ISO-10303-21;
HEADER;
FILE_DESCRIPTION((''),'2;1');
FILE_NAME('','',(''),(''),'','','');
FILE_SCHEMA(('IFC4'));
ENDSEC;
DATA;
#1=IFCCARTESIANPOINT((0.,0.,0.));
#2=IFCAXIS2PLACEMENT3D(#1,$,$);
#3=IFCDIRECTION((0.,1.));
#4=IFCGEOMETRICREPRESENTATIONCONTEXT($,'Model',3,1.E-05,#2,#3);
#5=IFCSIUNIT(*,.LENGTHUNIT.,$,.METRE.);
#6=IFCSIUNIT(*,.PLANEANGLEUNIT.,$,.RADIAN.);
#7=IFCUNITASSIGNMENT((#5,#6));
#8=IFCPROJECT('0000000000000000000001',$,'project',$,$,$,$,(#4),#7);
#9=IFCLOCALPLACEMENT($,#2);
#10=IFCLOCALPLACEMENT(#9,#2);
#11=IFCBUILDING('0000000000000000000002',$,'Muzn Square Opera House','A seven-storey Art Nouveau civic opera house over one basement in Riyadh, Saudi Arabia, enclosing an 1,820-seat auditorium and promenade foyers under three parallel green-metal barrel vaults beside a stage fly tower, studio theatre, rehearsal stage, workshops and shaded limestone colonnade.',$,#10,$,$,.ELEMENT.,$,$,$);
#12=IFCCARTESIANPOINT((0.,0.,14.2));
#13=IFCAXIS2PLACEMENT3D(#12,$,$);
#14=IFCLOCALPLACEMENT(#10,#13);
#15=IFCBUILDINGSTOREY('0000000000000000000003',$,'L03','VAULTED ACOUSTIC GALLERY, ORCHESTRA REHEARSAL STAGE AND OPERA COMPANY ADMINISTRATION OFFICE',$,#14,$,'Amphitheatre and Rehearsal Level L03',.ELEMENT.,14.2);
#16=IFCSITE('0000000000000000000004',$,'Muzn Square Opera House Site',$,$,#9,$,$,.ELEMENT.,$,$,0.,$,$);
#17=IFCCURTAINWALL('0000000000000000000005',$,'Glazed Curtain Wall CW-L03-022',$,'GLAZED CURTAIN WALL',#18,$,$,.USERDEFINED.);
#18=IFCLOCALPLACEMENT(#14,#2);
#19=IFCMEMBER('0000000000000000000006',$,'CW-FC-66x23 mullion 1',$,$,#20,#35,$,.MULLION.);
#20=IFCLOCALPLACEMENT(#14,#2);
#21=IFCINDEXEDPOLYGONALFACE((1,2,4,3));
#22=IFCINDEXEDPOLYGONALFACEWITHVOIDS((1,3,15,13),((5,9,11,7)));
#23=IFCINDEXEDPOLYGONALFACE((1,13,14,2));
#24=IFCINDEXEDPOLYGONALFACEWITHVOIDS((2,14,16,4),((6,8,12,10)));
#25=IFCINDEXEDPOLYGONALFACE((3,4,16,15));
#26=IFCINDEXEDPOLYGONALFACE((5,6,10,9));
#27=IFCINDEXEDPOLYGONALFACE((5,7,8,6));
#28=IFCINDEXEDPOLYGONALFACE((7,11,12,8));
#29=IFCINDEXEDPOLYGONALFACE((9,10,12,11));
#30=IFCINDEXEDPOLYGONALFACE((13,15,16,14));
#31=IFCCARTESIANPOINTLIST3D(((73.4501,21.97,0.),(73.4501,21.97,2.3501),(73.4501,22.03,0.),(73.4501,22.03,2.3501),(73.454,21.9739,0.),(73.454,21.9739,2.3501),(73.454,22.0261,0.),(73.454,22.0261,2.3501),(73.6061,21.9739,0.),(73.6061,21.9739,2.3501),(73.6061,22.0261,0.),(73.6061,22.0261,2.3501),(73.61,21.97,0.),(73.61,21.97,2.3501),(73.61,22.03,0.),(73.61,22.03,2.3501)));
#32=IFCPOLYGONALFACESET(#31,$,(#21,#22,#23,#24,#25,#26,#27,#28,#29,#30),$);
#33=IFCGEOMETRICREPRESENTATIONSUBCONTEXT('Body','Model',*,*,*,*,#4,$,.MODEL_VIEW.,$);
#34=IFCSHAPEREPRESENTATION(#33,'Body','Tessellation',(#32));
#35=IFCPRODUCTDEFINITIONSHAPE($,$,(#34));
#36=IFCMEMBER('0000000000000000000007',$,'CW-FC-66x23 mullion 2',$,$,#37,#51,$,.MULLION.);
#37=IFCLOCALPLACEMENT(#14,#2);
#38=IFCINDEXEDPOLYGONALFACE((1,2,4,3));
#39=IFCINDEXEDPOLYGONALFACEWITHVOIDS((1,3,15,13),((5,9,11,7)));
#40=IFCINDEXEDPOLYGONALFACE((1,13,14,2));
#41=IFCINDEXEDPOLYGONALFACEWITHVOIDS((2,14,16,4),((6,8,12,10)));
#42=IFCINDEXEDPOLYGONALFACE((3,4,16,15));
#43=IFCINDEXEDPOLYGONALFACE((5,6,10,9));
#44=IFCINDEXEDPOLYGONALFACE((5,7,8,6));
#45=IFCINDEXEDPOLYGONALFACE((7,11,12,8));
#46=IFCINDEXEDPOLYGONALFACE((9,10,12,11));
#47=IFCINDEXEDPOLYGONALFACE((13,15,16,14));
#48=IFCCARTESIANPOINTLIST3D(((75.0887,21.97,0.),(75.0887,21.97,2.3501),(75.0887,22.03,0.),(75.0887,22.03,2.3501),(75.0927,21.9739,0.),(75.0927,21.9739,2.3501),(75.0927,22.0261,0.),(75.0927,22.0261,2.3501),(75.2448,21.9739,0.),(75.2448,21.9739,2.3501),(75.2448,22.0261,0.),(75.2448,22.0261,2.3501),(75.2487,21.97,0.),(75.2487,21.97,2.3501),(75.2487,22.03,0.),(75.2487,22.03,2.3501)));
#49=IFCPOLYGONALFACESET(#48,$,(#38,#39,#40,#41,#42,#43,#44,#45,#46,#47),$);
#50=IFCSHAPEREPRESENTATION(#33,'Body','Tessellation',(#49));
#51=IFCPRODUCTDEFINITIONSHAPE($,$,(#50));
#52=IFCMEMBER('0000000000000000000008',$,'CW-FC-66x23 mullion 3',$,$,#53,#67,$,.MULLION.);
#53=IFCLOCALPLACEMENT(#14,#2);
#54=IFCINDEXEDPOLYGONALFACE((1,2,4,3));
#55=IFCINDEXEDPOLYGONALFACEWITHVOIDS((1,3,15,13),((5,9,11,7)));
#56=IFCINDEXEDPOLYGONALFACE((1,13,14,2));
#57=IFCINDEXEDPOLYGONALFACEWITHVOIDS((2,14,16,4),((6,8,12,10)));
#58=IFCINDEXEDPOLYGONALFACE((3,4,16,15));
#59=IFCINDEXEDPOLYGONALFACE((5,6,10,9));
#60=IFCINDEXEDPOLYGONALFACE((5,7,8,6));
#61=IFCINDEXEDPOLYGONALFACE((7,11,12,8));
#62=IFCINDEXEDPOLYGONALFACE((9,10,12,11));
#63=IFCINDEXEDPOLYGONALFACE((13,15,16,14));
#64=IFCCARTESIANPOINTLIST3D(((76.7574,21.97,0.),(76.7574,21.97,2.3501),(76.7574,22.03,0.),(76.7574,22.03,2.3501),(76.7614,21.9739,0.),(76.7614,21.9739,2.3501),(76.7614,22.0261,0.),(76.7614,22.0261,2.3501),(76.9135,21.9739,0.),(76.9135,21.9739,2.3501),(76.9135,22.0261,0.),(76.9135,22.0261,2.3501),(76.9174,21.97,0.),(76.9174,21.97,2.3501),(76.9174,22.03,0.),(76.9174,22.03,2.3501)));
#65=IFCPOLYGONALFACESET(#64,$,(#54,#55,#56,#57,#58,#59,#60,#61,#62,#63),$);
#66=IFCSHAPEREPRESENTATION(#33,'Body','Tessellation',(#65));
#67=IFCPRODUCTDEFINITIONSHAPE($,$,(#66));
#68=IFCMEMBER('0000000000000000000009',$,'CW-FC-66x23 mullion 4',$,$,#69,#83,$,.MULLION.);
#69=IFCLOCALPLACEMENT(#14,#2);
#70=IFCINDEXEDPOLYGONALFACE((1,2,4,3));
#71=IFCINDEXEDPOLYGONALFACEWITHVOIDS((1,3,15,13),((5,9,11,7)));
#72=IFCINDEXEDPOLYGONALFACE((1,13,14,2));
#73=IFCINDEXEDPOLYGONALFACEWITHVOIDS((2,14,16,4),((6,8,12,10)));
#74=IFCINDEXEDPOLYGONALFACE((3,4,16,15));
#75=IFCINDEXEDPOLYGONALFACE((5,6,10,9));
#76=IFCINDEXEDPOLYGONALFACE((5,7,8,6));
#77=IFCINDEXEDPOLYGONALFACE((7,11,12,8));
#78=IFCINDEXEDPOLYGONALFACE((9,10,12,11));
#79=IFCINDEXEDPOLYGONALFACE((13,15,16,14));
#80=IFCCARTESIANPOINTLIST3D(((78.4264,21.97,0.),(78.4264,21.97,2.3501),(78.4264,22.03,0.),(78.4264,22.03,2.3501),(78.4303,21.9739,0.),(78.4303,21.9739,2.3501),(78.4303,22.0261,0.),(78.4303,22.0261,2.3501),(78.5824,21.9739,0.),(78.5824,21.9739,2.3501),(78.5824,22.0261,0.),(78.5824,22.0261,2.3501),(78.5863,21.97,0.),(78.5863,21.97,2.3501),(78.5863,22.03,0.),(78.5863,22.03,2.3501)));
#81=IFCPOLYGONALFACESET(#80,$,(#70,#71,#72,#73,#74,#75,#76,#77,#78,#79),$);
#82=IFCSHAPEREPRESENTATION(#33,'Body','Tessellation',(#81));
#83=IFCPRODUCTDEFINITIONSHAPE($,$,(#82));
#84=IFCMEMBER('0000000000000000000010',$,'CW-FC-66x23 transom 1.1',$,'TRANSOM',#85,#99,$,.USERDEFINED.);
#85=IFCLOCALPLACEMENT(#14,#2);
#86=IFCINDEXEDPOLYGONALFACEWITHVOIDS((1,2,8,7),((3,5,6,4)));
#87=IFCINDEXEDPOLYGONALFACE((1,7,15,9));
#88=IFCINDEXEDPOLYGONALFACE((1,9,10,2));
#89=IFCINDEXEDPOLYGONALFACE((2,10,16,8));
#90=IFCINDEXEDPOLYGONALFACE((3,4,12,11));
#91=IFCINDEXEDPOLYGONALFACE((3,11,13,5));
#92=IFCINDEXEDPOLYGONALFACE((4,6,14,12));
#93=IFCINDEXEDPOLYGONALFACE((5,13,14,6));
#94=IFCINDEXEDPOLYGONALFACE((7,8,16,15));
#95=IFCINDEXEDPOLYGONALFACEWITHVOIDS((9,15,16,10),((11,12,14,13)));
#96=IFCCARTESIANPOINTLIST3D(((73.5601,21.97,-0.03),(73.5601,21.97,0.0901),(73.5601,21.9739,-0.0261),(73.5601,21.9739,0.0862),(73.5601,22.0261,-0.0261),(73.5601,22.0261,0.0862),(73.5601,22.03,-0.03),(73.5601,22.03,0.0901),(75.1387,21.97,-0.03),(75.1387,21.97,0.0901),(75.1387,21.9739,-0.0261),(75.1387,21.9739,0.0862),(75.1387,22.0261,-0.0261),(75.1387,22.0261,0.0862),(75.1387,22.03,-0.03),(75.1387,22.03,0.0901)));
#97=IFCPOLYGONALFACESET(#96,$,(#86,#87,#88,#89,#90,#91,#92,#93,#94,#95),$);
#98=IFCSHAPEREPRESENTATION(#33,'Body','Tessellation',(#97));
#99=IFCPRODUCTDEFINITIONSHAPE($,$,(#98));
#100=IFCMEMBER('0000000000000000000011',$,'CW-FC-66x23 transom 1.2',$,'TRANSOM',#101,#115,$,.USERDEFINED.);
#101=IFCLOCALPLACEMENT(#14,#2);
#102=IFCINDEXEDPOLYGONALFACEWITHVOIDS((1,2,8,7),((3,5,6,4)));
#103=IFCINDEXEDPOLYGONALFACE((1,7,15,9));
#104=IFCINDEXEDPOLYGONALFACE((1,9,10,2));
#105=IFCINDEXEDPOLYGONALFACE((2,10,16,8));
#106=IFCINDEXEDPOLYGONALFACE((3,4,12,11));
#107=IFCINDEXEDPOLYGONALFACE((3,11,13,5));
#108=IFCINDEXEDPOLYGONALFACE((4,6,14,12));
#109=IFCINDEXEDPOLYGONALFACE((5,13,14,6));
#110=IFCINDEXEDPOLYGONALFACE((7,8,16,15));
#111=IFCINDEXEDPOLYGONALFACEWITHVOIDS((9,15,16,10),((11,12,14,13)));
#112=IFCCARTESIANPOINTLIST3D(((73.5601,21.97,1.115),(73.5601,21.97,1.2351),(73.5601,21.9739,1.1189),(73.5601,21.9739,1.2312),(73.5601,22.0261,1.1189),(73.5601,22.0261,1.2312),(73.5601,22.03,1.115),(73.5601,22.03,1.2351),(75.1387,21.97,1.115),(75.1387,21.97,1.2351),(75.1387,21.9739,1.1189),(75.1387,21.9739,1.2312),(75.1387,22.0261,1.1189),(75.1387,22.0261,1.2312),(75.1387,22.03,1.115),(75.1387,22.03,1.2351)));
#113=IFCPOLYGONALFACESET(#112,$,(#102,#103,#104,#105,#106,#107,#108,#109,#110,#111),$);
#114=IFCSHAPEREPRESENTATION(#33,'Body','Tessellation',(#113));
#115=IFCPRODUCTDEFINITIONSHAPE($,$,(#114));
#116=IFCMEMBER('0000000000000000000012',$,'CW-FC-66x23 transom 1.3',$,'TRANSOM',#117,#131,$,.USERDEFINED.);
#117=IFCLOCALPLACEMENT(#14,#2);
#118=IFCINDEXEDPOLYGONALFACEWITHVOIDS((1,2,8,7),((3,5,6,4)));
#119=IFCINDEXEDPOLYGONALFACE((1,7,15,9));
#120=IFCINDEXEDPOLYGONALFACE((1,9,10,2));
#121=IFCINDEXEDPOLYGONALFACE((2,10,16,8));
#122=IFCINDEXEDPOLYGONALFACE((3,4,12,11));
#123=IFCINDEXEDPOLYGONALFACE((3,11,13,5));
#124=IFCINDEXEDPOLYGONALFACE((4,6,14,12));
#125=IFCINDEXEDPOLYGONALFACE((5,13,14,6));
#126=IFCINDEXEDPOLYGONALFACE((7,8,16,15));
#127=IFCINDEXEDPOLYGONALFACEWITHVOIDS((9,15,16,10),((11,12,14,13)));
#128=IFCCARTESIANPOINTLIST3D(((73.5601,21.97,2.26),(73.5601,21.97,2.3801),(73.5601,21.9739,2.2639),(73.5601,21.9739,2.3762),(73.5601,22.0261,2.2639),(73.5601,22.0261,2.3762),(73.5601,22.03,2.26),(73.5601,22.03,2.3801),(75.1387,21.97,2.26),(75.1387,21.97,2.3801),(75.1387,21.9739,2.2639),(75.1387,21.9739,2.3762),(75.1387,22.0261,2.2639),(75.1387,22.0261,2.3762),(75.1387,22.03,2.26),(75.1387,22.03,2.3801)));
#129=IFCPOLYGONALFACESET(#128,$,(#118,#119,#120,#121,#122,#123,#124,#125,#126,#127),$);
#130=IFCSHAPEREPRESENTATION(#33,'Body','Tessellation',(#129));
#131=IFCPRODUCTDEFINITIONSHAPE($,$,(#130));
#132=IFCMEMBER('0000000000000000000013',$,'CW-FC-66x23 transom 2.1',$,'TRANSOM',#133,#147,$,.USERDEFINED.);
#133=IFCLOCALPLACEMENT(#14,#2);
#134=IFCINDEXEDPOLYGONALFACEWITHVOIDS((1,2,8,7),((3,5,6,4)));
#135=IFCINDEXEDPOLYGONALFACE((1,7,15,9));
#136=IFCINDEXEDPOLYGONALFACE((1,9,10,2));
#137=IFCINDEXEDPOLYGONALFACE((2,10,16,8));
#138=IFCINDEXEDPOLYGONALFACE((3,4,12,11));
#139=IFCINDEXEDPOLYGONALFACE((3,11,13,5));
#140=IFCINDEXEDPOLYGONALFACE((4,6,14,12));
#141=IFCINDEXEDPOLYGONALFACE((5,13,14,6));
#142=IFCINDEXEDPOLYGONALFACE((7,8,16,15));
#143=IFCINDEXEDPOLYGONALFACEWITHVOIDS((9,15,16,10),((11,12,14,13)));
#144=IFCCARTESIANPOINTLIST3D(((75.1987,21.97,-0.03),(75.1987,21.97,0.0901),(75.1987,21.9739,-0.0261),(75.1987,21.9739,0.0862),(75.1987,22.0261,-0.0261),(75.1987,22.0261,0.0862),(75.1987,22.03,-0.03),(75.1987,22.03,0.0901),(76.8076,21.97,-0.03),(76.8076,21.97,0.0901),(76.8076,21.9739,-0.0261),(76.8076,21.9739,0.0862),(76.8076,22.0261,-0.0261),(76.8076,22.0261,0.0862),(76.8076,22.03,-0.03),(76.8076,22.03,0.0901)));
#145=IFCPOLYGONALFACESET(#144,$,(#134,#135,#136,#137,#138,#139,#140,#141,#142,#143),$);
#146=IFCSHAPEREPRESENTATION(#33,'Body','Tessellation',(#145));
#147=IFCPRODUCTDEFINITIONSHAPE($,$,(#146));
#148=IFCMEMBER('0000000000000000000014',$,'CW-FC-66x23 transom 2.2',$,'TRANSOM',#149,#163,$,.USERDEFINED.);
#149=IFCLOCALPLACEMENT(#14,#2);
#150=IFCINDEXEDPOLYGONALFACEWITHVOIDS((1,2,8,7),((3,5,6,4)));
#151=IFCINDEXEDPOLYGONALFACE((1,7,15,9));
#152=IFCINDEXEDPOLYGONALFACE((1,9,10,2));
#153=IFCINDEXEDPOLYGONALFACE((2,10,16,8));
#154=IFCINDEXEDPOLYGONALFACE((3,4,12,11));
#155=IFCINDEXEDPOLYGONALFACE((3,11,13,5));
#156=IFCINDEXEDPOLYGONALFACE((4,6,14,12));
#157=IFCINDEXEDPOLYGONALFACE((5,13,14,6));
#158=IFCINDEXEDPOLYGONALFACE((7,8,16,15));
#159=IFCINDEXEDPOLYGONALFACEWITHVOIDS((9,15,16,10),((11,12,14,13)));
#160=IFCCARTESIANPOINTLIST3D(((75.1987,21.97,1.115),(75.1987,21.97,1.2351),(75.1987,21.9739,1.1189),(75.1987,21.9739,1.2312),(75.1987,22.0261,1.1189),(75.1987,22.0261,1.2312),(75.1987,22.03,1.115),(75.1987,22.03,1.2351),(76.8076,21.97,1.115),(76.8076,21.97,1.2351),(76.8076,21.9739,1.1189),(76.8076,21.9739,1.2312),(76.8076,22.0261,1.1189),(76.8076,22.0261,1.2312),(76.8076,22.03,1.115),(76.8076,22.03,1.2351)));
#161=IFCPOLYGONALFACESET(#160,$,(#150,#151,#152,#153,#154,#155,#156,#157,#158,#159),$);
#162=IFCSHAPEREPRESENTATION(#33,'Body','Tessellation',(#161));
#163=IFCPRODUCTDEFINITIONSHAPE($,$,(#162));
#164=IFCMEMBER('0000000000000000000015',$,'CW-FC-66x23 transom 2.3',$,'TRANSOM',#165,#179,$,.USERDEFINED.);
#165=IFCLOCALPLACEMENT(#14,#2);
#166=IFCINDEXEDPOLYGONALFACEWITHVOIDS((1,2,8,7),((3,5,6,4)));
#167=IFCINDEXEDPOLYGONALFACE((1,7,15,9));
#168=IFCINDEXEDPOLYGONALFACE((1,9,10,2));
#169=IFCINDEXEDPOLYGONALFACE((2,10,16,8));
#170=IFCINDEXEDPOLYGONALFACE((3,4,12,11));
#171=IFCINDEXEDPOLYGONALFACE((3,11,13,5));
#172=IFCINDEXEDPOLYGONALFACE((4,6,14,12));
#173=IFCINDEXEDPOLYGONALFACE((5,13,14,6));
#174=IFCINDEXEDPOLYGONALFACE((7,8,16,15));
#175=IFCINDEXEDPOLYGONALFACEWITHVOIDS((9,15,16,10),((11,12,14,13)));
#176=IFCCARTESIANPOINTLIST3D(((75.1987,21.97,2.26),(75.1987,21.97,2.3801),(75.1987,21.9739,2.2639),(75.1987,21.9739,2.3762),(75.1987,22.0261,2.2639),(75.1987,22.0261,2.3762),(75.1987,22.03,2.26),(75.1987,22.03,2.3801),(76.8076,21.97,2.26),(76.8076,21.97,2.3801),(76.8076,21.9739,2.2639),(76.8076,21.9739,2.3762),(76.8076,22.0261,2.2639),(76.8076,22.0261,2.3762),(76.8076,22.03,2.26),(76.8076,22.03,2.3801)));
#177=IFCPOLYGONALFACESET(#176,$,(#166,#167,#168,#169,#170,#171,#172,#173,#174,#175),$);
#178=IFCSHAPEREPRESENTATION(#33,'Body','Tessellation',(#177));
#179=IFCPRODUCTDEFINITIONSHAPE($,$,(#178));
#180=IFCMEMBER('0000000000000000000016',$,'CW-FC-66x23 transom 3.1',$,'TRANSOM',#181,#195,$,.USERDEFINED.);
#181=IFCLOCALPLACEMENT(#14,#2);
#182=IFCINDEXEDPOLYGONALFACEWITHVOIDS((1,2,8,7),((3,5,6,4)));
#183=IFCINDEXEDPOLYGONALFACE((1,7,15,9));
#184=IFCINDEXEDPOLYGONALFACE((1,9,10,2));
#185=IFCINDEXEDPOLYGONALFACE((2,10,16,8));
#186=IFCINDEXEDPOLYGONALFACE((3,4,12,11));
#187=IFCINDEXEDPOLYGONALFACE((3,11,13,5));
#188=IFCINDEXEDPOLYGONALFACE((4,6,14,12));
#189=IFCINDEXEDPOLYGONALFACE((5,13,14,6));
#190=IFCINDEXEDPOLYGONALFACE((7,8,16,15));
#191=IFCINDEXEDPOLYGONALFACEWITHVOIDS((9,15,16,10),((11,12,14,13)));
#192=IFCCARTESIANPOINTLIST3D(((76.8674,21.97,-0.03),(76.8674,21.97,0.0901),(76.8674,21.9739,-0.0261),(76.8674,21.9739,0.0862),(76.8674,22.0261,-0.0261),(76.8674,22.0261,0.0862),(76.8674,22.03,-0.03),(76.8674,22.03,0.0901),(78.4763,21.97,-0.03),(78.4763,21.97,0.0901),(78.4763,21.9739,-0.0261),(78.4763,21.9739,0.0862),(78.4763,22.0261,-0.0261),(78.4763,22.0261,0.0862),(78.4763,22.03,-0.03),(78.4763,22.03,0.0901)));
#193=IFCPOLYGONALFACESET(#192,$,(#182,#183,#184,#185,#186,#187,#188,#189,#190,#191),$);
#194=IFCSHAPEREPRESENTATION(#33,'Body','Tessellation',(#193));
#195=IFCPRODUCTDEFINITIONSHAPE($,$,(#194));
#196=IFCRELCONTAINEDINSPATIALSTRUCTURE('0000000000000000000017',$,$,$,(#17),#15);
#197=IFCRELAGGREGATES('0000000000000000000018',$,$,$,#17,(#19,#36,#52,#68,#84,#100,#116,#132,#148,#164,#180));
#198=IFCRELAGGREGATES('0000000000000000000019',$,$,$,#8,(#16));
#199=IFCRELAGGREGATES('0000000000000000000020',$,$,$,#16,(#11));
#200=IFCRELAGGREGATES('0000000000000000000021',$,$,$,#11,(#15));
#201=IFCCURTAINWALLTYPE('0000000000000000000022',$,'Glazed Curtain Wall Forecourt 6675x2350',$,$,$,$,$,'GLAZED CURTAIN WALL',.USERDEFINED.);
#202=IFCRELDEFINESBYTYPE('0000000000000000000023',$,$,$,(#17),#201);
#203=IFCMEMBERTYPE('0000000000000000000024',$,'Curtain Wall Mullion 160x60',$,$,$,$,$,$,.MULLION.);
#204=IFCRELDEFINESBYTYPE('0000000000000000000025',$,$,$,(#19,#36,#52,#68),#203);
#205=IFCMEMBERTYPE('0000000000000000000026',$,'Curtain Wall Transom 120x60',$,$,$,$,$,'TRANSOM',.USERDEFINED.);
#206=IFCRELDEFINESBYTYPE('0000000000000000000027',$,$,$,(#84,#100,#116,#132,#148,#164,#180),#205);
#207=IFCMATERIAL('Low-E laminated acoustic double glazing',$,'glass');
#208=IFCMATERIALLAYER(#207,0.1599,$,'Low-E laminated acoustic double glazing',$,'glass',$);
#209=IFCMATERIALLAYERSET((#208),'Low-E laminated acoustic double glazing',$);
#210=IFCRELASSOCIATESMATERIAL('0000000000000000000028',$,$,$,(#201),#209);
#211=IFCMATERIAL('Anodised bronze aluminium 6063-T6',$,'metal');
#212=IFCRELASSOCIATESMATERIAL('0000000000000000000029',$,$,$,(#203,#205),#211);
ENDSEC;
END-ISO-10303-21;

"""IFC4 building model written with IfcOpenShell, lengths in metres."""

from ifc_helpers import new_model, si_unit, direction, frame, origin, origin_2d, place, context, subcontext, project, spatial, hollow_rectangle, extrude, material, layer, layer_set, material_profile, profile_set, type_object, element, aggregate, save


model = new_model("IFC4")

# Units and contexts
model_context = context("Model", 3, precision=1e-05, world=origin(), true_north=direction((0.0, 1.0)))
body_context = subcontext(model_context, "Body", "Model", "MODEL_VIEW")
ifc_project = project(units=[si_unit("LENGTHUNIT", "METRE"), si_unit("PLANEANGLEUNIT", "RADIAN")], contexts=[model_context])

# Site, building, storey
site_placement = place(None, origin())
site = spatial("IfcSite", under=ifc_project, at=site_placement, Name="Muzn Square Opera House Site", CompositionType="ELEMENT", RefElevation=0.0)
building_placement = place(site_placement, origin())
building = spatial("IfcBuilding", under=site, at=building_placement, Name="Muzn Square Opera House", Description="A seven-storey Art Nouveau civic opera house over one basement in Riyadh, Saudi Arabia, enclosing an 1,820-seat auditorium and promenade foyers under three parallel green-metal barrel vaults beside a stage fly tower, studio theatre, rehearsal stage, workshops and shaded limestone colonnade.", CompositionType="ELEMENT")
storey_placement = place(building_placement, frame((0.0, 0.0, 14.2)))
storey = spatial("IfcBuildingStorey", under=building, at=storey_placement, Name="L03", Description="VAULTED ACOUSTIC GALLERY, ORCHESTRA REHEARSAL STAGE AND OPERA COMPANY ADMINISTRATION OFFICE", LongName="Amphitheatre and Rehearsal Level L03", CompositionType="ELEMENT", Elevation=14.2)

# Curtain wall, members
ifc_material_1 = material(Name="Low-E laminated acoustic double glazing", Category="glass")
ifc_layer_1 = layer(ifc_material_1, 0.1599, Name="Low-E laminated acoustic double glazing", Category="glass")
ifc_layer_set_1 = layer_set([ifc_layer_1], Name="Low-E laminated acoustic double glazing")
curtain_wall_type = type_object("IfcCurtainWallType", Name="Glazed Curtain Wall Forecourt 6675x2350", ElementType="GLAZED CURTAIN WALL", PredefinedType="USERDEFINED", material=ifc_layer_set_1)
curtain_wall_placement = place(storey_placement, origin())
curtain_wall = element("IfcCurtainWall", 1, at=curtain_wall_placement, inside=storey, type_object=curtain_wall_type, Name="Glazed Curtain Wall CW-L03-022", ObjectType="GLAZED CURTAIN WALL", PredefinedType="USERDEFINED")
ifc_material_2 = material(Name="Anodised bronze aluminium 6063-T6", Category="metal")
ifc_material_profile_1 = material_profile(ifc_material_2, hollow_rectangle(XDim=0.0601, YDim=0.1599, WallThickness=0.0039, at=origin_2d()), Name="ALU 160x60x4", Category="metal")
ifc_profile_set_1 = profile_set([ifc_material_profile_1], Name="Anodised bronze aluminium 6063-T6")
member_type_1 = type_object("IfcMemberType", Name="Curtain Wall Mullion 160x60", PredefinedType="MULLION", material=ifc_profile_set_1)
member_1_placement = place(storey_placement, frame((73.53, 22.0, 0.0), z_axis=(0.0, 0.0, 1.0), x_axis=(0.0, 1.0, 0.0)))
member_1 = element("IfcMember", 2, at=member_1_placement, type_object=member_type_1, Name="CW-FC-66x23 mullion 1", PredefinedType="MULLION", context=body_context, shape_type="SweptSolid", body=[
    extrude(hollow_rectangle(XDim=0.0601, YDim=0.1599, WallThickness=0.0039, at=origin_2d()), origin(), (0.0, 0.0, 1.0), 2.3501),
])
member_2_placement = place(storey_placement, frame((75.1687, 22.0, 0.0), z_axis=(0.0, 0.0, 1.0), x_axis=(0.0, 1.0, 0.0)))
member_2 = element("IfcMember", 3, at=member_2_placement, type_object=member_type_1, Name="CW-FC-66x23 mullion 2", PredefinedType="MULLION", context=body_context, shape_type="SweptSolid", body=[
    extrude(hollow_rectangle(XDim=0.0601, YDim=0.1599, WallThickness=0.0039, at=origin_2d()), origin(), (0.0, 0.0, 1.0), 2.3501),
])
member_3_placement = place(storey_placement, frame((76.8374, 22.0, 0.0), z_axis=(0.0, 0.0, 1.0), x_axis=(0.0, 1.0, 0.0)))
member_3 = element("IfcMember", 4, at=member_3_placement, type_object=member_type_1, Name="CW-FC-66x23 mullion 3", PredefinedType="MULLION", context=body_context, shape_type="SweptSolid", body=[
    extrude(hollow_rectangle(XDim=0.0601, YDim=0.1599, WallThickness=0.0039, at=origin_2d()), origin(), (0.0, 0.0, 1.0), 2.3501),
])
member_4_placement = place(storey_placement, frame((78.5063, 22.0, 0.0), z_axis=(0.0, 0.0, 1.0), x_axis=(0.0, 1.0, 0.0)))
member_4 = element("IfcMember", 5, at=member_4_placement, type_object=member_type_1, Name="CW-FC-66x23 mullion 4", PredefinedType="MULLION", context=body_context, shape_type="SweptSolid", body=[
    extrude(hollow_rectangle(XDim=0.0601, YDim=0.1599, WallThickness=0.0039, at=origin_2d()), origin(), (0.0, 0.0, 1.0), 2.3501),
])
ifc_material_profile_2 = material_profile(ifc_material_2, hollow_rectangle(XDim=0.0601, YDim=0.1201, WallThickness=0.0039, at=origin_2d()), Name="ALU 120x60x4", Category="metal")
ifc_profile_set_2 = profile_set([ifc_material_profile_2], Name="Anodised bronze aluminium 6063-T6")
member_type_2 = type_object("IfcMemberType", Name="Curtain Wall Transom 120x60", ElementType="TRANSOM", PredefinedType="USERDEFINED", material=ifc_profile_set_2)
member_5_placement = place(storey_placement, frame((73.5601, 22.0, 0.03), z_axis=(1.0, 0.0, 0.0), x_axis=(0.0, 1.0, 0.0)))
member_5 = element("IfcMember", 6, at=member_5_placement, type_object=member_type_2, Name="CW-FC-66x23 transom 1.1", ObjectType="TRANSOM", PredefinedType="USERDEFINED", context=body_context, shape_type="SweptSolid", body=[
    extrude(hollow_rectangle(XDim=0.0601, YDim=0.1201, WallThickness=0.0039, at=origin_2d()), origin(), (0.0, 0.0, 1.0), 1.5786),
])
member_6_placement = place(storey_placement, frame((73.5601, 22.0, 1.175), z_axis=(1.0, 0.0, 0.0), x_axis=(0.0, 1.0, 0.0)))
member_6 = element("IfcMember", 7, at=member_6_placement, type_object=member_type_2, Name="CW-FC-66x23 transom 1.2", ObjectType="TRANSOM", PredefinedType="USERDEFINED", context=body_context, shape_type="SweptSolid", body=[
    extrude(hollow_rectangle(XDim=0.0601, YDim=0.1201, WallThickness=0.0039, at=origin_2d()), origin(), (0.0, 0.0, 1.0), 1.5786),
])
member_7_placement = place(storey_placement, frame((73.5601, 22.0, 2.3201), z_axis=(1.0, 0.0, 0.0), x_axis=(0.0, 1.0, 0.0)))
member_7 = element("IfcMember", 8, at=member_7_placement, type_object=member_type_2, Name="CW-FC-66x23 transom 1.3", ObjectType="TRANSOM", PredefinedType="USERDEFINED", context=body_context, shape_type="SweptSolid", body=[
    extrude(hollow_rectangle(XDim=0.0601, YDim=0.1201, WallThickness=0.0039, at=origin_2d()), origin(), (0.0, 0.0, 1.0), 1.5786),
])
member_8_placement = place(storey_placement, frame((75.1987, 22.0, 0.03), z_axis=(1.0, 0.0, 0.0), x_axis=(0.0, 1.0, 0.0)))
member_8 = element("IfcMember", 9, at=member_8_placement, type_object=member_type_2, Name="CW-FC-66x23 transom 2.1", ObjectType="TRANSOM", PredefinedType="USERDEFINED", context=body_context, shape_type="SweptSolid", body=[
    extrude(hollow_rectangle(XDim=0.0601, YDim=0.1201, WallThickness=0.0039, at=origin_2d()), origin(), (0.0, 0.0, 1.0), 1.6089),
])
member_9_placement = place(storey_placement, frame((75.1987, 22.0, 1.175), z_axis=(1.0, 0.0, 0.0), x_axis=(0.0, 1.0, 0.0)))
member_9 = element("IfcMember", 10, at=member_9_placement, type_object=member_type_2, Name="CW-FC-66x23 transom 2.2", ObjectType="TRANSOM", PredefinedType="USERDEFINED", context=body_context, shape_type="SweptSolid", body=[
    extrude(hollow_rectangle(XDim=0.0601, YDim=0.1201, WallThickness=0.0039, at=origin_2d()), origin(), (0.0, 0.0, 1.0), 1.6089),
])
member_10_placement = place(storey_placement, frame((75.1987, 22.0, 2.3201), z_axis=(1.0, 0.0, 0.0), x_axis=(0.0, 1.0, 0.0)))
member_10 = element("IfcMember", 11, at=member_10_placement, type_object=member_type_2, Name="CW-FC-66x23 transom 2.3", ObjectType="TRANSOM", PredefinedType="USERDEFINED", context=body_context, shape_type="SweptSolid", body=[
    extrude(hollow_rectangle(XDim=0.0601, YDim=0.1201, WallThickness=0.0039, at=origin_2d()), origin(), (0.0, 0.0, 1.0), 1.6089),
])
member_11_placement = place(storey_placement, frame((76.8674, 22.0, 0.03), z_axis=(1.0, 0.0, 0.0), x_axis=(0.0, 1.0, 0.0)))
member_11 = element("IfcMember", 12, at=member_11_placement, type_object=member_type_2, Name="CW-FC-66x23 transom 3.1", ObjectType="TRANSOM", PredefinedType="USERDEFINED", context=body_context, shape_type="SweptSolid", body=[
    extrude(hollow_rectangle(XDim=0.0601, YDim=0.1201, WallThickness=0.0039, at=origin_2d()), origin(), (0.0, 0.0, 1.0), 1.6089),
])

aggregate(curtain_wall, [member_1, member_2, member_3, member_4, member_5, member_6, member_7, member_8, member_9, member_10, member_11])

save(model, "model.ifc")
